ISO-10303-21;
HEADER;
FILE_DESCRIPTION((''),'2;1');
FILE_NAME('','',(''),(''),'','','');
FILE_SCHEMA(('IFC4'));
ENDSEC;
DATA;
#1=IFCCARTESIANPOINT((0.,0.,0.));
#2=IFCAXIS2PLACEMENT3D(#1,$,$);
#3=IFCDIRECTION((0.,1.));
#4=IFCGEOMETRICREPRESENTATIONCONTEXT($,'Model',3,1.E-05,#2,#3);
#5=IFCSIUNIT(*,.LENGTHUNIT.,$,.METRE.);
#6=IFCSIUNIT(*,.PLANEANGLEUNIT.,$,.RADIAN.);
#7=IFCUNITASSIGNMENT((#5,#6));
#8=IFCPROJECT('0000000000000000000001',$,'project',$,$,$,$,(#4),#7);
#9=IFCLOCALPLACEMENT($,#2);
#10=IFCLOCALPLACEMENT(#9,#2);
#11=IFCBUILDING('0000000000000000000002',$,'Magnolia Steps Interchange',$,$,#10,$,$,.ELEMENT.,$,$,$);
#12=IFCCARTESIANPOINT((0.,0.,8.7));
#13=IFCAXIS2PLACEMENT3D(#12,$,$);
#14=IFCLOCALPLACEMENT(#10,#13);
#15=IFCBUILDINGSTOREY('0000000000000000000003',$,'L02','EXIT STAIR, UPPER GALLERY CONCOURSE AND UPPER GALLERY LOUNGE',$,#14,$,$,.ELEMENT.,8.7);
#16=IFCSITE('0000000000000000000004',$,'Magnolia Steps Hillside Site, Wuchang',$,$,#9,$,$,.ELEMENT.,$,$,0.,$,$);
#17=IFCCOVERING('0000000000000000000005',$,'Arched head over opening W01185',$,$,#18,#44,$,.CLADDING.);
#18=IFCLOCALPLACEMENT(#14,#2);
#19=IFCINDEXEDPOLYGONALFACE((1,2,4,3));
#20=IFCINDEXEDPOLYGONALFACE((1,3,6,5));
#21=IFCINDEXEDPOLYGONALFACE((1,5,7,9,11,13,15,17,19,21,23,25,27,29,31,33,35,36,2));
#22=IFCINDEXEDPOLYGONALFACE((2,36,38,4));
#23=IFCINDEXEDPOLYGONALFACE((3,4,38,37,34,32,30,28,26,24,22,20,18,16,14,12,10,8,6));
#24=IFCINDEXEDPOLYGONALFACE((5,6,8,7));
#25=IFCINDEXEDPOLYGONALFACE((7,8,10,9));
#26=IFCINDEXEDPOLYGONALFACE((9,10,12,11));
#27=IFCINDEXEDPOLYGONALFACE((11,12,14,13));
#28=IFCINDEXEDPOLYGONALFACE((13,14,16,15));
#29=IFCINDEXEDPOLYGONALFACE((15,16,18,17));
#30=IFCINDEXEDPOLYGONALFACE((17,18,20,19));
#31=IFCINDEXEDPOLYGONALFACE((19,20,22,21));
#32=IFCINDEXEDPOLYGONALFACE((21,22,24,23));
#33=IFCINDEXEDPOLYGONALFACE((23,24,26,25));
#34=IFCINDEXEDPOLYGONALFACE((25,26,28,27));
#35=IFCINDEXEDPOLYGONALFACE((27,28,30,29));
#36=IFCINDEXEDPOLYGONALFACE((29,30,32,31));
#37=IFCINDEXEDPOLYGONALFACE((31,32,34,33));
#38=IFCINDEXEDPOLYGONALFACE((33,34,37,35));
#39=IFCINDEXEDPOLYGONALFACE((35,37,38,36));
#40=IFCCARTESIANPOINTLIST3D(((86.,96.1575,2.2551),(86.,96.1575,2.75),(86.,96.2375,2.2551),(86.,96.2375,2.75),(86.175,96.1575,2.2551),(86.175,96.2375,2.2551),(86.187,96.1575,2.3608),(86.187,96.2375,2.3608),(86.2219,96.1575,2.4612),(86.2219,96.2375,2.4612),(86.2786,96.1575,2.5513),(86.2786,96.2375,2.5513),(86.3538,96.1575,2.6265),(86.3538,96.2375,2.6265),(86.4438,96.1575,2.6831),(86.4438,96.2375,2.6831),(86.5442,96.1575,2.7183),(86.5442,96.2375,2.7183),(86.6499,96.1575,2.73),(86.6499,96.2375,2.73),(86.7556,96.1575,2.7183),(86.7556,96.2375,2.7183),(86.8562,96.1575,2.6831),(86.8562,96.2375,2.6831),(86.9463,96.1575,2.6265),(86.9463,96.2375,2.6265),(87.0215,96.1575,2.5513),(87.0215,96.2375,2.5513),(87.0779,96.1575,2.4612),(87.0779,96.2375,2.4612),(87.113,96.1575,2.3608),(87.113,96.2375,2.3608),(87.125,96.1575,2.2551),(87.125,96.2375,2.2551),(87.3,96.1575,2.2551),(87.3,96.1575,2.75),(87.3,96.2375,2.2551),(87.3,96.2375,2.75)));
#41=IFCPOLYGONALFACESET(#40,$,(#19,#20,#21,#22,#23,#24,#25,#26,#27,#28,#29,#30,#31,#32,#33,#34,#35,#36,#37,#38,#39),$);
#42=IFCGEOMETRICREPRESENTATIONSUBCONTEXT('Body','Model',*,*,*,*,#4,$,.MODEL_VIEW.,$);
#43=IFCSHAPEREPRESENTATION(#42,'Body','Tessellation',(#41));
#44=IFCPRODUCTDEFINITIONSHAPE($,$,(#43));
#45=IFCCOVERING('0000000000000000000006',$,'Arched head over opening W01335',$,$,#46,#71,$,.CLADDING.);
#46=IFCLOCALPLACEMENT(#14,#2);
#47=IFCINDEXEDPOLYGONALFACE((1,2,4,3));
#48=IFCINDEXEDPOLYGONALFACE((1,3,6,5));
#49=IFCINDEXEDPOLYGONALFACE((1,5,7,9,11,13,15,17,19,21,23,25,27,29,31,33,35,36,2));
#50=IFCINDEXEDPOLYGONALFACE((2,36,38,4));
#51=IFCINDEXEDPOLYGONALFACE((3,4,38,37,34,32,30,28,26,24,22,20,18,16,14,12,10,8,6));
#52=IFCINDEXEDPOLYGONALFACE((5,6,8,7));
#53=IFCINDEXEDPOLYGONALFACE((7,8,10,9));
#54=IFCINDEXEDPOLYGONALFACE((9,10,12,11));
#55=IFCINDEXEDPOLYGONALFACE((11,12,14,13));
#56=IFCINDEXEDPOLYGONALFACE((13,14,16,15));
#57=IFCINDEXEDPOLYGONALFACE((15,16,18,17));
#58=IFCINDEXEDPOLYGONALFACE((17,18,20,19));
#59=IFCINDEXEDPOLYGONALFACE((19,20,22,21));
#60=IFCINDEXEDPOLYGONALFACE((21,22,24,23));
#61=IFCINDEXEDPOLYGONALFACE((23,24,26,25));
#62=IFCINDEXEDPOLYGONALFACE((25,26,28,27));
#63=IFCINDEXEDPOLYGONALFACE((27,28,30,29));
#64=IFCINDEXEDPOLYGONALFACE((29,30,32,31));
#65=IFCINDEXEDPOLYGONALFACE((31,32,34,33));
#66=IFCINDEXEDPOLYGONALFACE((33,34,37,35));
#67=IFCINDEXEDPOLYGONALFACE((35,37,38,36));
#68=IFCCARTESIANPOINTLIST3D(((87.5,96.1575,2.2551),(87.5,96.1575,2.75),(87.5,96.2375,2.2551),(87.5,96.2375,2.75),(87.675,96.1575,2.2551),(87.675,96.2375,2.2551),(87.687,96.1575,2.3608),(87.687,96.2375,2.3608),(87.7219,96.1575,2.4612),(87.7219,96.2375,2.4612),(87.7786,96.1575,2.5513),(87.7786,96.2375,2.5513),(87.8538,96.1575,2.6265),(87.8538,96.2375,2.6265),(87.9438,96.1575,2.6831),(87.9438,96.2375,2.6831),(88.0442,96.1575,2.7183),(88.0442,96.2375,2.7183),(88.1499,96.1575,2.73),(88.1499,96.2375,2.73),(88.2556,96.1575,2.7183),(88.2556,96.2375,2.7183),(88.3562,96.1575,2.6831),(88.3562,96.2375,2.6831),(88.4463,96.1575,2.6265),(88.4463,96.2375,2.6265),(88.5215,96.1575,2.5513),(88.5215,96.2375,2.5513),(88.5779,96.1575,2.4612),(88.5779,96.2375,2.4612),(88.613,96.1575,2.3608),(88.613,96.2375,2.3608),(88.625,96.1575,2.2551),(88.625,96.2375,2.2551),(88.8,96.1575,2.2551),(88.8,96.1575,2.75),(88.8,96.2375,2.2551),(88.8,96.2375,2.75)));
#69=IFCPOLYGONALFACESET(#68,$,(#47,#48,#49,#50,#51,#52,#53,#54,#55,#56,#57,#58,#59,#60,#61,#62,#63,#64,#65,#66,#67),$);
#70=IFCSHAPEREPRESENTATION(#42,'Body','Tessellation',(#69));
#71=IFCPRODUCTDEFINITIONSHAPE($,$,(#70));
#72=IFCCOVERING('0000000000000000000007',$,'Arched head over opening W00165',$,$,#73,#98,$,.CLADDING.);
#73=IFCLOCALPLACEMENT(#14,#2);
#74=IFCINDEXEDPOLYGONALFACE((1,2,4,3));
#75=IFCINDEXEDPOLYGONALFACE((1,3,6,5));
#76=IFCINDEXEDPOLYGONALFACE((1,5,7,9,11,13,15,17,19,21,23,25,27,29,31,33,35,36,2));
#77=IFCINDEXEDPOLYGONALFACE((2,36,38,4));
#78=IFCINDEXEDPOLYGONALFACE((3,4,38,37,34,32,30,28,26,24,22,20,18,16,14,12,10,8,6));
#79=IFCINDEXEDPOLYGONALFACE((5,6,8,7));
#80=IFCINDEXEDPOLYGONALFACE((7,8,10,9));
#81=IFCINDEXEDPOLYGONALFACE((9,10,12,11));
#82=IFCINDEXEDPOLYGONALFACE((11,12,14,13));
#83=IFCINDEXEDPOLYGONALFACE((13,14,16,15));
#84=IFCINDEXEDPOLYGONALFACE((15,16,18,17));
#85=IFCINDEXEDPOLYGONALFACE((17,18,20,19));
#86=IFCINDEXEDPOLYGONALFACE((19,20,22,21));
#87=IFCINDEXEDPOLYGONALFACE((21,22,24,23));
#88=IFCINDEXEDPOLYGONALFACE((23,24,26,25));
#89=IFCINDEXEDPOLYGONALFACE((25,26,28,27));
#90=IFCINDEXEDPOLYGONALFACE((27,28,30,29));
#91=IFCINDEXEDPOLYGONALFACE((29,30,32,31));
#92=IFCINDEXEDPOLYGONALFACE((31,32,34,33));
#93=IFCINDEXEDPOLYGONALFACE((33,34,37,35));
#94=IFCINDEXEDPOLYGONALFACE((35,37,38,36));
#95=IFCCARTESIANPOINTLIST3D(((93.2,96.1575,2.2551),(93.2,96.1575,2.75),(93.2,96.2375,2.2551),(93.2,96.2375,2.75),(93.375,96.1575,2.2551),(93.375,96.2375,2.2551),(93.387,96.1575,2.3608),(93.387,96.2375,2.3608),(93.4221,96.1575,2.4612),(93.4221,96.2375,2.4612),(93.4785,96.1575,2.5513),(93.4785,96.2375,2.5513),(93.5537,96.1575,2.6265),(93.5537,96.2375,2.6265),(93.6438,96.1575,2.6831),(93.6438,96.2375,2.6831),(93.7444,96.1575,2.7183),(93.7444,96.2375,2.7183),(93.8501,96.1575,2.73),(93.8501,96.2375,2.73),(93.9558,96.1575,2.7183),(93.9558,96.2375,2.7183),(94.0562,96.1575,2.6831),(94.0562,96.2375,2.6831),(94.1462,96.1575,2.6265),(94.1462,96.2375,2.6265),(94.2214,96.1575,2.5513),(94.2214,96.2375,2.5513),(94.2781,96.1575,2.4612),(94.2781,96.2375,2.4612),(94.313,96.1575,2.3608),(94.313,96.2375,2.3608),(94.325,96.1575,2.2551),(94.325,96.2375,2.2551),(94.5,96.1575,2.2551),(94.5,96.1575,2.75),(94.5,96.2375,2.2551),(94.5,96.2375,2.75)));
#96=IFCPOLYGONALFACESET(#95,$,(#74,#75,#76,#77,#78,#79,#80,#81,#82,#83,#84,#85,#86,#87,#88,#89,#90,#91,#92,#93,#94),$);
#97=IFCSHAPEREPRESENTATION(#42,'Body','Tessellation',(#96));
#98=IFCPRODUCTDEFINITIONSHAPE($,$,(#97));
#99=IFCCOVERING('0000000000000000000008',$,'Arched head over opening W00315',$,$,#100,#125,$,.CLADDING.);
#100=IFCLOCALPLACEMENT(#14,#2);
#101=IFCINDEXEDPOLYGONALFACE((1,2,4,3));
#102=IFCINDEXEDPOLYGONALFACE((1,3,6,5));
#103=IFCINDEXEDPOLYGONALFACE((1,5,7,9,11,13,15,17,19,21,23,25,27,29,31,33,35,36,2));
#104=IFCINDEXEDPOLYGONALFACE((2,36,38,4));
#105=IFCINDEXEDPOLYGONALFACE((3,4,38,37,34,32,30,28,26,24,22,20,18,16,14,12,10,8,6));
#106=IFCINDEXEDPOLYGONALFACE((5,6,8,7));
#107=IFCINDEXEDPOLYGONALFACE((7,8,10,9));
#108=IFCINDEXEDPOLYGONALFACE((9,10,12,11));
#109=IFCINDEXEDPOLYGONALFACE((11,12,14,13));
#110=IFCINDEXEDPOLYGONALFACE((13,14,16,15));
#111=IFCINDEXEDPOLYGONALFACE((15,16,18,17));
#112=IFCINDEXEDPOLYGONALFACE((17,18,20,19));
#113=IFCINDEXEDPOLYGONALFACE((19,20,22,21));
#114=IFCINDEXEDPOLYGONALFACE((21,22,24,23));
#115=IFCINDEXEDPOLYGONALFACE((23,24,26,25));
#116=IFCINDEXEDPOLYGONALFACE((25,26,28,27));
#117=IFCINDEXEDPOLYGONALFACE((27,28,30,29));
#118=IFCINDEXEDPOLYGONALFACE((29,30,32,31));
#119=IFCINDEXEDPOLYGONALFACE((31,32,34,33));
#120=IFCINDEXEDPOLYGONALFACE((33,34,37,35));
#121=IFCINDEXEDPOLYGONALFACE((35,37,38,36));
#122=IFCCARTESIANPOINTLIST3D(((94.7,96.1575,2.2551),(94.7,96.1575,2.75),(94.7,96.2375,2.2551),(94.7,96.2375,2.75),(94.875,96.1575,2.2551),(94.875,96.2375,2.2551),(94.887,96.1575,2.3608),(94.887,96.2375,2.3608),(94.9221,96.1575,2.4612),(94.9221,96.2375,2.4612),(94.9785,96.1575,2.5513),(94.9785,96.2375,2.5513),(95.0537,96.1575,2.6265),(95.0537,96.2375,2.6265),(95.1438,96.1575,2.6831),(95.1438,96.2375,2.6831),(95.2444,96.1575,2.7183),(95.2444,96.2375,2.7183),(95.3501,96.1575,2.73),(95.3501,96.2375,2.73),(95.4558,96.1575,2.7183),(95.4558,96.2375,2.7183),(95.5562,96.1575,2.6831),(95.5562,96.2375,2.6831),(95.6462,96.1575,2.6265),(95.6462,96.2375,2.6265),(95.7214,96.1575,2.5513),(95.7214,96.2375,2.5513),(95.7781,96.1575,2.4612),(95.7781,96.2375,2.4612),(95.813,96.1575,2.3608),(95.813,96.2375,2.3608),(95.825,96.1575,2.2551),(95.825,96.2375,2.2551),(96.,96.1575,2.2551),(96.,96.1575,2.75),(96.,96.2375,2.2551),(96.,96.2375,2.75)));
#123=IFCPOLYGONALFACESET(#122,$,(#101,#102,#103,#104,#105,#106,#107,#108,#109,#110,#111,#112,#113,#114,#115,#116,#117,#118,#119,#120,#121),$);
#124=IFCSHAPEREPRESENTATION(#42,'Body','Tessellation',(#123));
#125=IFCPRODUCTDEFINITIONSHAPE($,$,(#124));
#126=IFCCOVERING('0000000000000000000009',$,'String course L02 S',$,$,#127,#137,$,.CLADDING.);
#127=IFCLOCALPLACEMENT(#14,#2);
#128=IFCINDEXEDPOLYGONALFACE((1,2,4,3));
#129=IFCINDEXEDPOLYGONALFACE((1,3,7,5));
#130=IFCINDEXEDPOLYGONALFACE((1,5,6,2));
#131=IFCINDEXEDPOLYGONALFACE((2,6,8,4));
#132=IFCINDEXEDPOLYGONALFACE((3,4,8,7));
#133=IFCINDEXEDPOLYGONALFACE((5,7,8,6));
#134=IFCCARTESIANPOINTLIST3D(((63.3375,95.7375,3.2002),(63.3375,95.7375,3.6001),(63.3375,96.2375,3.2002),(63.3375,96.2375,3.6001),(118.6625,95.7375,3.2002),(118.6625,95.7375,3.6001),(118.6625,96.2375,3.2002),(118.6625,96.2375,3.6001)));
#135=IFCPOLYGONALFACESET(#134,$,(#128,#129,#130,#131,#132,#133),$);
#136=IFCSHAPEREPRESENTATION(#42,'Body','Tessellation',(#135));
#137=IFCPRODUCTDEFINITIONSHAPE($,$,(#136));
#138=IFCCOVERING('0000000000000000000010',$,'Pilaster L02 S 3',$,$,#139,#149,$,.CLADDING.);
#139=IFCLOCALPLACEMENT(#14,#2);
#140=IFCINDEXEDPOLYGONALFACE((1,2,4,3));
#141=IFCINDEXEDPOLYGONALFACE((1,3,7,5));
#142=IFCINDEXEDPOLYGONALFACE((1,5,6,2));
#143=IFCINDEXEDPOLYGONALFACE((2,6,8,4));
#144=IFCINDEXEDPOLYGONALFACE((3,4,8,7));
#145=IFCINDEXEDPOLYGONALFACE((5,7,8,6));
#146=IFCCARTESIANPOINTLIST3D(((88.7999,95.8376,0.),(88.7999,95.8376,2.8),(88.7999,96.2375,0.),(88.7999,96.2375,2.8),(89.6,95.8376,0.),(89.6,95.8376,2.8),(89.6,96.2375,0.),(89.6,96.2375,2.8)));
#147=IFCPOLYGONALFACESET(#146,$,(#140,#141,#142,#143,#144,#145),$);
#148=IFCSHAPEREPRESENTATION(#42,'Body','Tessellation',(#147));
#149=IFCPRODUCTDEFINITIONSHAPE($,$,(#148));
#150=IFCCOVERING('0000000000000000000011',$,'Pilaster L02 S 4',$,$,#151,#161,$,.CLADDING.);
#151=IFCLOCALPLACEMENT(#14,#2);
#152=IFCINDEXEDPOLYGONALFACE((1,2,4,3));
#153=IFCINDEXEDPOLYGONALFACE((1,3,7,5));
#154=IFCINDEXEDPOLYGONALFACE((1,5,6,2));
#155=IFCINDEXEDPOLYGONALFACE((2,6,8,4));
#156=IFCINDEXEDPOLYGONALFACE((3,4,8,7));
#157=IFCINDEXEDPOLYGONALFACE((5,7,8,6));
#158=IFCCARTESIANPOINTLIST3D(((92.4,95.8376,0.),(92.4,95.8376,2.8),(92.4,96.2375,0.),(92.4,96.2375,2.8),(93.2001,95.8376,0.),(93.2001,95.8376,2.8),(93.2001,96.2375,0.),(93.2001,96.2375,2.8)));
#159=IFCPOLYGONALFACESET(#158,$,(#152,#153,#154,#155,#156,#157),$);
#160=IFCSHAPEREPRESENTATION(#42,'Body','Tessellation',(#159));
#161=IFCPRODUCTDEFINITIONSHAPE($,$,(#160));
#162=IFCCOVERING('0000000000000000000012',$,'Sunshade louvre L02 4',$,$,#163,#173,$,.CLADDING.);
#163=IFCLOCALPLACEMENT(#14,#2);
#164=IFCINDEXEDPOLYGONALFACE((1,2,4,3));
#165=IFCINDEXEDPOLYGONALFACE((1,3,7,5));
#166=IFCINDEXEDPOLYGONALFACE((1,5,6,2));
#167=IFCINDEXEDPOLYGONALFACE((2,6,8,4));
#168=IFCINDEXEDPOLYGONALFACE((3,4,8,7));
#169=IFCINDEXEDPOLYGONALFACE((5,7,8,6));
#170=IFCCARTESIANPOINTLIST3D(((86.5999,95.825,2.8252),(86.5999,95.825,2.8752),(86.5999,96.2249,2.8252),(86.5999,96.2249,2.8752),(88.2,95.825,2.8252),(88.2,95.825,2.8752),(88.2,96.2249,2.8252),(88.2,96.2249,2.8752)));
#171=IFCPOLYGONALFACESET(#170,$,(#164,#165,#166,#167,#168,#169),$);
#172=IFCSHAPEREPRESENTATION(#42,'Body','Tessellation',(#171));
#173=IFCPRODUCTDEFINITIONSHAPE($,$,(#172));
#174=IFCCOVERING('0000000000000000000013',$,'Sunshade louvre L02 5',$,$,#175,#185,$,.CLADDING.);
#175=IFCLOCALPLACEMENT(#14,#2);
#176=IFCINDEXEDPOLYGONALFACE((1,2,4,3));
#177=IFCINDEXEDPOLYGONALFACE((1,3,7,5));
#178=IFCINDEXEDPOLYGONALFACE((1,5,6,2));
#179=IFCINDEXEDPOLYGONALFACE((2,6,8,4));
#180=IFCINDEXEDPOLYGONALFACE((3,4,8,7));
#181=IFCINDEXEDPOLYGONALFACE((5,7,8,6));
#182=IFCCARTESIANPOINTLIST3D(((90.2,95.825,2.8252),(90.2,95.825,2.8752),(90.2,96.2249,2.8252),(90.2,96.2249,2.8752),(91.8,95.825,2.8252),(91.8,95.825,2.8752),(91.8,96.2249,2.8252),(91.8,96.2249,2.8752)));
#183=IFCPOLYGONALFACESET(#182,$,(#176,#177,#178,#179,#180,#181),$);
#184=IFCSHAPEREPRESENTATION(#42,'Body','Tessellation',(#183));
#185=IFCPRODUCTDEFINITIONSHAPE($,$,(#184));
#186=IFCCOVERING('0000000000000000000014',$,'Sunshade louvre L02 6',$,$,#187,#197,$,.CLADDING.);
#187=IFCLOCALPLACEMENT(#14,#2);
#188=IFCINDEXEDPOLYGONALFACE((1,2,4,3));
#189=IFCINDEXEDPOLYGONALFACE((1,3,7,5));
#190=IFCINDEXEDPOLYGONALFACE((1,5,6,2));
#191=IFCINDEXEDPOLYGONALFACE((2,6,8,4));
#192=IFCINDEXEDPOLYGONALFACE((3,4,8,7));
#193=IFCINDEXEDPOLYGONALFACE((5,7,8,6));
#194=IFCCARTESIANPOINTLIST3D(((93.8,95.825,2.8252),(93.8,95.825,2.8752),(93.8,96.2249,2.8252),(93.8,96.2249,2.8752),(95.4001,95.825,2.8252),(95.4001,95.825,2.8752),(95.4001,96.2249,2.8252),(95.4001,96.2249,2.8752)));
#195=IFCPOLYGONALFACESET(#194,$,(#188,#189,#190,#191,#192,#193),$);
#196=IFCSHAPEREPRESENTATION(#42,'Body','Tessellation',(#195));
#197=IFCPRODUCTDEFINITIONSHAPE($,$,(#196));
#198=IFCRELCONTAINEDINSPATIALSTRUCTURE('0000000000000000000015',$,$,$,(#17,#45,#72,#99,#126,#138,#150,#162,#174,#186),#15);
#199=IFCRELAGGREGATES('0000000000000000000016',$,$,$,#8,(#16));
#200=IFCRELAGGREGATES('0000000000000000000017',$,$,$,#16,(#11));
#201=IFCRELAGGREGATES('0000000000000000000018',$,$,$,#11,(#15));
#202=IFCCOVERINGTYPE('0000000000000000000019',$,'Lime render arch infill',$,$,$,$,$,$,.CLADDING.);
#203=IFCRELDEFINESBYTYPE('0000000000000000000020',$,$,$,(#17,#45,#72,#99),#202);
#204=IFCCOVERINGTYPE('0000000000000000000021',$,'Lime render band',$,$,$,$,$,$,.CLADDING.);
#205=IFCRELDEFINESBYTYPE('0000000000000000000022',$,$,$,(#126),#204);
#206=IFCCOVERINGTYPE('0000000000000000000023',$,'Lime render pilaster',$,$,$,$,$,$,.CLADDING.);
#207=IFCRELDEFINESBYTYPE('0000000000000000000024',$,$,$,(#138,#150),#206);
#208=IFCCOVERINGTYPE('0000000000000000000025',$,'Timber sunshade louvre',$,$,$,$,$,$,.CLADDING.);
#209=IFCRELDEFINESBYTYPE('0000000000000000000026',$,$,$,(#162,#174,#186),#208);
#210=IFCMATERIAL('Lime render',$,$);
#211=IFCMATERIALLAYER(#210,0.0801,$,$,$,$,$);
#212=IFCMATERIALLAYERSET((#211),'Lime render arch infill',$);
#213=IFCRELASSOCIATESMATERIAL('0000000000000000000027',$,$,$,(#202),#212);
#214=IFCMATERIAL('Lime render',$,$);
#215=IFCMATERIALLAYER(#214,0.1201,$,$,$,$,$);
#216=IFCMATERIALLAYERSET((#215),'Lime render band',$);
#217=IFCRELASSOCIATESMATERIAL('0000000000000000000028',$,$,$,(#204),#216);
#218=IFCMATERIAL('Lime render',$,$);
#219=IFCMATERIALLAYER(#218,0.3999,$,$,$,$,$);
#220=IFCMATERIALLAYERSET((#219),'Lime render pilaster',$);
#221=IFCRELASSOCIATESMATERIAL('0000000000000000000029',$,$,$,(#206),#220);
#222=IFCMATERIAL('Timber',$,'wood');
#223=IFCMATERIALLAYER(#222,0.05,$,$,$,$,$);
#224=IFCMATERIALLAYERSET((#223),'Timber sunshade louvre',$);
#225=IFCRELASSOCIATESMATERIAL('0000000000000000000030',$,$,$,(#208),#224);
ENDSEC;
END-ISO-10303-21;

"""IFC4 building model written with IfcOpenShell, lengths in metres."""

from ifc_helpers import new_model, si_unit, direction, frame, origin, origin_2d, place, context, subcontext, project, spatial, polyline, rectangle, outline, extrude, material, layer, layer_set, type_object, element, save


model = new_model("IFC4")

# Units and contexts
model_context = context("Model", 3, precision=1e-05, world=origin(), true_north=direction((0.0, 1.0)))
body_context = subcontext(model_context, "Body", "Model", "MODEL_VIEW")
ifc_project = project(units=[si_unit("LENGTHUNIT", "METRE"), si_unit("PLANEANGLEUNIT", "RADIAN")], contexts=[model_context])

# Site, building, storey
site_placement = place(None, origin())
site = spatial("IfcSite", under=ifc_project, at=site_placement, Name="Magnolia Steps Hillside Site, Wuchang", CompositionType="ELEMENT", RefElevation=0.0)
building_placement = place(site_placement, origin())
building = spatial("IfcBuilding", under=site, at=building_placement, Name="Magnolia Steps Interchange", CompositionType="ELEMENT")
storey_placement = place(building_placement, frame((0.0, 0.0, 8.7)))
storey = spatial("IfcBuildingStorey", under=building, at=storey_placement, Name="L02", Description="EXIT STAIR, UPPER GALLERY CONCOURSE AND UPPER GALLERY LOUNGE", CompositionType="ELEMENT", Elevation=8.7)

# Coverings
ifc_material_1 = material(Name="Lime render")
ifc_layer_1 = layer(ifc_material_1, 0.0801)
ifc_layer_set_1 = layer_set([ifc_layer_1], Name="Lime render arch infill")
covering_type_1 = type_object("IfcCoveringType", Name="Lime render arch infill", PredefinedType="CLADDING", material=ifc_layer_set_1)
for number, where, z_axis, x_axis, name in (
    (1, (86.0, 96.2375, 2.2551), (0.0, 1.0, 0.0), (0.0, 0.0, 1.0), "Arched head over opening W01185"),
    (2, (87.5, 96.2375, 2.2551), (0.0, 1.0, 0.0), (0.0, 0.0, 1.0), "Arched head over opening W01335"),
):
    element("IfcCovering", number, at=place(storey_placement, frame(where, z_axis=z_axis, x_axis=x_axis)), inside=storey, type_object=covering_type_1, Name=name, PredefinedType="CLADDING", context=body_context, shape_type="SweptSolid", body=[
        extrude(outline(polyline([(0.0, 0.0), (0.4949, 0.0), (0.4949, 1.3), (0.0, 1.3), (0.0, 1.125), (0.1057, 1.113), (0.2061, 1.0779), (0.2961, 1.0215), (0.3713, 0.9463), (0.428, 0.8562), (0.4631, 0.7556), (0.4749, 0.6499), (0.4631, 0.5442), (0.428, 0.4438), (0.3713, 0.3538), (0.2961, 0.2786), (0.2061, 0.2219), (0.1057, 0.187), (0.0, 0.175), (0.0, 0.0)])), origin(), (0.0, 0.0, -1.0), 0.0801),
    ])
for number, where, z_axis, x_axis, name in (
    (3, (93.2, 96.2375, 2.2551), (0.0, 1.0, 0.0), (0.0, 0.0, 1.0), "Arched head over opening W00165"),
    (4, (94.7, 96.2375, 2.2551), (0.0, 1.0, 0.0), (0.0, 0.0, 1.0), "Arched head over opening W00315"),
):
    element("IfcCovering", number, at=place(storey_placement, frame(where, z_axis=z_axis, x_axis=x_axis)), inside=storey, type_object=covering_type_1, Name=name, PredefinedType="CLADDING", context=body_context, shape_type="SweptSolid", body=[
        extrude(outline(polyline([(0.0, 0.0), (0.4949, 0.0), (0.4949, 1.3), (0.0, 1.3), (0.0, 1.125), (0.1057, 1.113), (0.2061, 1.0781), (0.2961, 1.0215), (0.3713, 0.9463), (0.428, 0.8562), (0.4631, 0.7559), (0.4749, 0.6501), (0.4631, 0.5444), (0.428, 0.4438), (0.3713, 0.3538), (0.2961, 0.2786), (0.2061, 0.2222), (0.1057, 0.187), (0.0, 0.175), (0.0, 0.0)])), origin(), (0.0, 0.0, -1.0), 0.0801),
    ])
ifc_material_2 = material(Name="Lime render")
ifc_layer_2 = layer(ifc_material_2, 0.1201)
ifc_layer_set_2 = layer_set([ifc_layer_2], Name="Lime render band")
covering_type_2 = type_object("IfcCoveringType", Name="Lime render band", PredefinedType="CLADDING", material=ifc_layer_set_2)
covering_1_placement = place(storey_placement, frame((91.0, 95.9875, 3.2002), z_axis=(0.0, 0.0, 1.0), x_axis=(1.0, 0.0, 0.0)))
element("IfcCovering", 5, at=covering_1_placement, inside=storey, type_object=covering_type_2, Name="String course L02 S", PredefinedType="CLADDING", context=body_context, shape_type="SweptSolid", body=[
    extrude(rectangle(XDim=55.325, YDim=0.5, at=origin_2d()), origin(), (0.0, 0.0, 1.0), 0.3999),
])
ifc_material_3 = material(Name="Lime render")
ifc_layer_3 = layer(ifc_material_3, 0.3999)
ifc_layer_set_3 = layer_set([ifc_layer_3], Name="Lime render pilaster")
covering_type_3 = type_object("IfcCoveringType", Name="Lime render pilaster", PredefinedType="CLADDING", material=ifc_layer_set_3)
for number, where, z_axis, x_axis, name in (
    (6, (89.2, 96.0376, 0.0), (0.0, 0.0, 1.0), (1.0, 0.0, 0.0), "Pilaster L02 S 3"),
    (7, (92.8, 96.0376, 0.0), (0.0, 0.0, 1.0), (1.0, 0.0, 0.0), "Pilaster L02 S 4"),
):
    element("IfcCovering", number, at=place(storey_placement, frame(where, z_axis=z_axis, x_axis=x_axis)), inside=storey, type_object=covering_type_3, Name=name, PredefinedType="CLADDING", context=body_context, shape_type="SweptSolid", body=[
        extrude(rectangle(XDim=0.8, YDim=0.3999, at=origin_2d()), origin(), (0.0, 0.0, 1.0), 2.8),
    ])
ifc_material_4 = material(Name="Timber", Category="wood")
ifc_layer_4 = layer(ifc_material_4, 0.05)
ifc_layer_set_4 = layer_set([ifc_layer_4], Name="Timber sunshade louvre")
covering_type_4 = type_object("IfcCoveringType", Name="Timber sunshade louvre", PredefinedType="CLADDING", material=ifc_layer_set_4)
for number, where, z_axis, x_axis, name in (
    (8, (87.3999, 96.0249, 2.8252), (0.0, 0.0, 1.0), (1.0, 0.0, 0.0), "Sunshade louvre L02 4"),
    (9, (91.0, 96.0249, 2.8252), (0.0, 0.0, 1.0), (1.0, 0.0, 0.0), "Sunshade louvre L02 5"),
    (10, (94.6001, 96.0249, 2.8252), (0.0, 0.0, 1.0), (1.0, 0.0, 0.0), "Sunshade louvre L02 6"),
):
    element("IfcCovering", number, at=place(storey_placement, frame(where, z_axis=z_axis, x_axis=x_axis)), inside=storey, type_object=covering_type_4, Name=name, PredefinedType="CLADDING", context=body_context, shape_type="SweptSolid", body=[
        extrude(rectangle(XDim=1.6001, YDim=0.3999, at=origin_2d()), origin(), (0.0, 0.0, 1.0), 0.05),
    ])

save(model, "model.ifc")
